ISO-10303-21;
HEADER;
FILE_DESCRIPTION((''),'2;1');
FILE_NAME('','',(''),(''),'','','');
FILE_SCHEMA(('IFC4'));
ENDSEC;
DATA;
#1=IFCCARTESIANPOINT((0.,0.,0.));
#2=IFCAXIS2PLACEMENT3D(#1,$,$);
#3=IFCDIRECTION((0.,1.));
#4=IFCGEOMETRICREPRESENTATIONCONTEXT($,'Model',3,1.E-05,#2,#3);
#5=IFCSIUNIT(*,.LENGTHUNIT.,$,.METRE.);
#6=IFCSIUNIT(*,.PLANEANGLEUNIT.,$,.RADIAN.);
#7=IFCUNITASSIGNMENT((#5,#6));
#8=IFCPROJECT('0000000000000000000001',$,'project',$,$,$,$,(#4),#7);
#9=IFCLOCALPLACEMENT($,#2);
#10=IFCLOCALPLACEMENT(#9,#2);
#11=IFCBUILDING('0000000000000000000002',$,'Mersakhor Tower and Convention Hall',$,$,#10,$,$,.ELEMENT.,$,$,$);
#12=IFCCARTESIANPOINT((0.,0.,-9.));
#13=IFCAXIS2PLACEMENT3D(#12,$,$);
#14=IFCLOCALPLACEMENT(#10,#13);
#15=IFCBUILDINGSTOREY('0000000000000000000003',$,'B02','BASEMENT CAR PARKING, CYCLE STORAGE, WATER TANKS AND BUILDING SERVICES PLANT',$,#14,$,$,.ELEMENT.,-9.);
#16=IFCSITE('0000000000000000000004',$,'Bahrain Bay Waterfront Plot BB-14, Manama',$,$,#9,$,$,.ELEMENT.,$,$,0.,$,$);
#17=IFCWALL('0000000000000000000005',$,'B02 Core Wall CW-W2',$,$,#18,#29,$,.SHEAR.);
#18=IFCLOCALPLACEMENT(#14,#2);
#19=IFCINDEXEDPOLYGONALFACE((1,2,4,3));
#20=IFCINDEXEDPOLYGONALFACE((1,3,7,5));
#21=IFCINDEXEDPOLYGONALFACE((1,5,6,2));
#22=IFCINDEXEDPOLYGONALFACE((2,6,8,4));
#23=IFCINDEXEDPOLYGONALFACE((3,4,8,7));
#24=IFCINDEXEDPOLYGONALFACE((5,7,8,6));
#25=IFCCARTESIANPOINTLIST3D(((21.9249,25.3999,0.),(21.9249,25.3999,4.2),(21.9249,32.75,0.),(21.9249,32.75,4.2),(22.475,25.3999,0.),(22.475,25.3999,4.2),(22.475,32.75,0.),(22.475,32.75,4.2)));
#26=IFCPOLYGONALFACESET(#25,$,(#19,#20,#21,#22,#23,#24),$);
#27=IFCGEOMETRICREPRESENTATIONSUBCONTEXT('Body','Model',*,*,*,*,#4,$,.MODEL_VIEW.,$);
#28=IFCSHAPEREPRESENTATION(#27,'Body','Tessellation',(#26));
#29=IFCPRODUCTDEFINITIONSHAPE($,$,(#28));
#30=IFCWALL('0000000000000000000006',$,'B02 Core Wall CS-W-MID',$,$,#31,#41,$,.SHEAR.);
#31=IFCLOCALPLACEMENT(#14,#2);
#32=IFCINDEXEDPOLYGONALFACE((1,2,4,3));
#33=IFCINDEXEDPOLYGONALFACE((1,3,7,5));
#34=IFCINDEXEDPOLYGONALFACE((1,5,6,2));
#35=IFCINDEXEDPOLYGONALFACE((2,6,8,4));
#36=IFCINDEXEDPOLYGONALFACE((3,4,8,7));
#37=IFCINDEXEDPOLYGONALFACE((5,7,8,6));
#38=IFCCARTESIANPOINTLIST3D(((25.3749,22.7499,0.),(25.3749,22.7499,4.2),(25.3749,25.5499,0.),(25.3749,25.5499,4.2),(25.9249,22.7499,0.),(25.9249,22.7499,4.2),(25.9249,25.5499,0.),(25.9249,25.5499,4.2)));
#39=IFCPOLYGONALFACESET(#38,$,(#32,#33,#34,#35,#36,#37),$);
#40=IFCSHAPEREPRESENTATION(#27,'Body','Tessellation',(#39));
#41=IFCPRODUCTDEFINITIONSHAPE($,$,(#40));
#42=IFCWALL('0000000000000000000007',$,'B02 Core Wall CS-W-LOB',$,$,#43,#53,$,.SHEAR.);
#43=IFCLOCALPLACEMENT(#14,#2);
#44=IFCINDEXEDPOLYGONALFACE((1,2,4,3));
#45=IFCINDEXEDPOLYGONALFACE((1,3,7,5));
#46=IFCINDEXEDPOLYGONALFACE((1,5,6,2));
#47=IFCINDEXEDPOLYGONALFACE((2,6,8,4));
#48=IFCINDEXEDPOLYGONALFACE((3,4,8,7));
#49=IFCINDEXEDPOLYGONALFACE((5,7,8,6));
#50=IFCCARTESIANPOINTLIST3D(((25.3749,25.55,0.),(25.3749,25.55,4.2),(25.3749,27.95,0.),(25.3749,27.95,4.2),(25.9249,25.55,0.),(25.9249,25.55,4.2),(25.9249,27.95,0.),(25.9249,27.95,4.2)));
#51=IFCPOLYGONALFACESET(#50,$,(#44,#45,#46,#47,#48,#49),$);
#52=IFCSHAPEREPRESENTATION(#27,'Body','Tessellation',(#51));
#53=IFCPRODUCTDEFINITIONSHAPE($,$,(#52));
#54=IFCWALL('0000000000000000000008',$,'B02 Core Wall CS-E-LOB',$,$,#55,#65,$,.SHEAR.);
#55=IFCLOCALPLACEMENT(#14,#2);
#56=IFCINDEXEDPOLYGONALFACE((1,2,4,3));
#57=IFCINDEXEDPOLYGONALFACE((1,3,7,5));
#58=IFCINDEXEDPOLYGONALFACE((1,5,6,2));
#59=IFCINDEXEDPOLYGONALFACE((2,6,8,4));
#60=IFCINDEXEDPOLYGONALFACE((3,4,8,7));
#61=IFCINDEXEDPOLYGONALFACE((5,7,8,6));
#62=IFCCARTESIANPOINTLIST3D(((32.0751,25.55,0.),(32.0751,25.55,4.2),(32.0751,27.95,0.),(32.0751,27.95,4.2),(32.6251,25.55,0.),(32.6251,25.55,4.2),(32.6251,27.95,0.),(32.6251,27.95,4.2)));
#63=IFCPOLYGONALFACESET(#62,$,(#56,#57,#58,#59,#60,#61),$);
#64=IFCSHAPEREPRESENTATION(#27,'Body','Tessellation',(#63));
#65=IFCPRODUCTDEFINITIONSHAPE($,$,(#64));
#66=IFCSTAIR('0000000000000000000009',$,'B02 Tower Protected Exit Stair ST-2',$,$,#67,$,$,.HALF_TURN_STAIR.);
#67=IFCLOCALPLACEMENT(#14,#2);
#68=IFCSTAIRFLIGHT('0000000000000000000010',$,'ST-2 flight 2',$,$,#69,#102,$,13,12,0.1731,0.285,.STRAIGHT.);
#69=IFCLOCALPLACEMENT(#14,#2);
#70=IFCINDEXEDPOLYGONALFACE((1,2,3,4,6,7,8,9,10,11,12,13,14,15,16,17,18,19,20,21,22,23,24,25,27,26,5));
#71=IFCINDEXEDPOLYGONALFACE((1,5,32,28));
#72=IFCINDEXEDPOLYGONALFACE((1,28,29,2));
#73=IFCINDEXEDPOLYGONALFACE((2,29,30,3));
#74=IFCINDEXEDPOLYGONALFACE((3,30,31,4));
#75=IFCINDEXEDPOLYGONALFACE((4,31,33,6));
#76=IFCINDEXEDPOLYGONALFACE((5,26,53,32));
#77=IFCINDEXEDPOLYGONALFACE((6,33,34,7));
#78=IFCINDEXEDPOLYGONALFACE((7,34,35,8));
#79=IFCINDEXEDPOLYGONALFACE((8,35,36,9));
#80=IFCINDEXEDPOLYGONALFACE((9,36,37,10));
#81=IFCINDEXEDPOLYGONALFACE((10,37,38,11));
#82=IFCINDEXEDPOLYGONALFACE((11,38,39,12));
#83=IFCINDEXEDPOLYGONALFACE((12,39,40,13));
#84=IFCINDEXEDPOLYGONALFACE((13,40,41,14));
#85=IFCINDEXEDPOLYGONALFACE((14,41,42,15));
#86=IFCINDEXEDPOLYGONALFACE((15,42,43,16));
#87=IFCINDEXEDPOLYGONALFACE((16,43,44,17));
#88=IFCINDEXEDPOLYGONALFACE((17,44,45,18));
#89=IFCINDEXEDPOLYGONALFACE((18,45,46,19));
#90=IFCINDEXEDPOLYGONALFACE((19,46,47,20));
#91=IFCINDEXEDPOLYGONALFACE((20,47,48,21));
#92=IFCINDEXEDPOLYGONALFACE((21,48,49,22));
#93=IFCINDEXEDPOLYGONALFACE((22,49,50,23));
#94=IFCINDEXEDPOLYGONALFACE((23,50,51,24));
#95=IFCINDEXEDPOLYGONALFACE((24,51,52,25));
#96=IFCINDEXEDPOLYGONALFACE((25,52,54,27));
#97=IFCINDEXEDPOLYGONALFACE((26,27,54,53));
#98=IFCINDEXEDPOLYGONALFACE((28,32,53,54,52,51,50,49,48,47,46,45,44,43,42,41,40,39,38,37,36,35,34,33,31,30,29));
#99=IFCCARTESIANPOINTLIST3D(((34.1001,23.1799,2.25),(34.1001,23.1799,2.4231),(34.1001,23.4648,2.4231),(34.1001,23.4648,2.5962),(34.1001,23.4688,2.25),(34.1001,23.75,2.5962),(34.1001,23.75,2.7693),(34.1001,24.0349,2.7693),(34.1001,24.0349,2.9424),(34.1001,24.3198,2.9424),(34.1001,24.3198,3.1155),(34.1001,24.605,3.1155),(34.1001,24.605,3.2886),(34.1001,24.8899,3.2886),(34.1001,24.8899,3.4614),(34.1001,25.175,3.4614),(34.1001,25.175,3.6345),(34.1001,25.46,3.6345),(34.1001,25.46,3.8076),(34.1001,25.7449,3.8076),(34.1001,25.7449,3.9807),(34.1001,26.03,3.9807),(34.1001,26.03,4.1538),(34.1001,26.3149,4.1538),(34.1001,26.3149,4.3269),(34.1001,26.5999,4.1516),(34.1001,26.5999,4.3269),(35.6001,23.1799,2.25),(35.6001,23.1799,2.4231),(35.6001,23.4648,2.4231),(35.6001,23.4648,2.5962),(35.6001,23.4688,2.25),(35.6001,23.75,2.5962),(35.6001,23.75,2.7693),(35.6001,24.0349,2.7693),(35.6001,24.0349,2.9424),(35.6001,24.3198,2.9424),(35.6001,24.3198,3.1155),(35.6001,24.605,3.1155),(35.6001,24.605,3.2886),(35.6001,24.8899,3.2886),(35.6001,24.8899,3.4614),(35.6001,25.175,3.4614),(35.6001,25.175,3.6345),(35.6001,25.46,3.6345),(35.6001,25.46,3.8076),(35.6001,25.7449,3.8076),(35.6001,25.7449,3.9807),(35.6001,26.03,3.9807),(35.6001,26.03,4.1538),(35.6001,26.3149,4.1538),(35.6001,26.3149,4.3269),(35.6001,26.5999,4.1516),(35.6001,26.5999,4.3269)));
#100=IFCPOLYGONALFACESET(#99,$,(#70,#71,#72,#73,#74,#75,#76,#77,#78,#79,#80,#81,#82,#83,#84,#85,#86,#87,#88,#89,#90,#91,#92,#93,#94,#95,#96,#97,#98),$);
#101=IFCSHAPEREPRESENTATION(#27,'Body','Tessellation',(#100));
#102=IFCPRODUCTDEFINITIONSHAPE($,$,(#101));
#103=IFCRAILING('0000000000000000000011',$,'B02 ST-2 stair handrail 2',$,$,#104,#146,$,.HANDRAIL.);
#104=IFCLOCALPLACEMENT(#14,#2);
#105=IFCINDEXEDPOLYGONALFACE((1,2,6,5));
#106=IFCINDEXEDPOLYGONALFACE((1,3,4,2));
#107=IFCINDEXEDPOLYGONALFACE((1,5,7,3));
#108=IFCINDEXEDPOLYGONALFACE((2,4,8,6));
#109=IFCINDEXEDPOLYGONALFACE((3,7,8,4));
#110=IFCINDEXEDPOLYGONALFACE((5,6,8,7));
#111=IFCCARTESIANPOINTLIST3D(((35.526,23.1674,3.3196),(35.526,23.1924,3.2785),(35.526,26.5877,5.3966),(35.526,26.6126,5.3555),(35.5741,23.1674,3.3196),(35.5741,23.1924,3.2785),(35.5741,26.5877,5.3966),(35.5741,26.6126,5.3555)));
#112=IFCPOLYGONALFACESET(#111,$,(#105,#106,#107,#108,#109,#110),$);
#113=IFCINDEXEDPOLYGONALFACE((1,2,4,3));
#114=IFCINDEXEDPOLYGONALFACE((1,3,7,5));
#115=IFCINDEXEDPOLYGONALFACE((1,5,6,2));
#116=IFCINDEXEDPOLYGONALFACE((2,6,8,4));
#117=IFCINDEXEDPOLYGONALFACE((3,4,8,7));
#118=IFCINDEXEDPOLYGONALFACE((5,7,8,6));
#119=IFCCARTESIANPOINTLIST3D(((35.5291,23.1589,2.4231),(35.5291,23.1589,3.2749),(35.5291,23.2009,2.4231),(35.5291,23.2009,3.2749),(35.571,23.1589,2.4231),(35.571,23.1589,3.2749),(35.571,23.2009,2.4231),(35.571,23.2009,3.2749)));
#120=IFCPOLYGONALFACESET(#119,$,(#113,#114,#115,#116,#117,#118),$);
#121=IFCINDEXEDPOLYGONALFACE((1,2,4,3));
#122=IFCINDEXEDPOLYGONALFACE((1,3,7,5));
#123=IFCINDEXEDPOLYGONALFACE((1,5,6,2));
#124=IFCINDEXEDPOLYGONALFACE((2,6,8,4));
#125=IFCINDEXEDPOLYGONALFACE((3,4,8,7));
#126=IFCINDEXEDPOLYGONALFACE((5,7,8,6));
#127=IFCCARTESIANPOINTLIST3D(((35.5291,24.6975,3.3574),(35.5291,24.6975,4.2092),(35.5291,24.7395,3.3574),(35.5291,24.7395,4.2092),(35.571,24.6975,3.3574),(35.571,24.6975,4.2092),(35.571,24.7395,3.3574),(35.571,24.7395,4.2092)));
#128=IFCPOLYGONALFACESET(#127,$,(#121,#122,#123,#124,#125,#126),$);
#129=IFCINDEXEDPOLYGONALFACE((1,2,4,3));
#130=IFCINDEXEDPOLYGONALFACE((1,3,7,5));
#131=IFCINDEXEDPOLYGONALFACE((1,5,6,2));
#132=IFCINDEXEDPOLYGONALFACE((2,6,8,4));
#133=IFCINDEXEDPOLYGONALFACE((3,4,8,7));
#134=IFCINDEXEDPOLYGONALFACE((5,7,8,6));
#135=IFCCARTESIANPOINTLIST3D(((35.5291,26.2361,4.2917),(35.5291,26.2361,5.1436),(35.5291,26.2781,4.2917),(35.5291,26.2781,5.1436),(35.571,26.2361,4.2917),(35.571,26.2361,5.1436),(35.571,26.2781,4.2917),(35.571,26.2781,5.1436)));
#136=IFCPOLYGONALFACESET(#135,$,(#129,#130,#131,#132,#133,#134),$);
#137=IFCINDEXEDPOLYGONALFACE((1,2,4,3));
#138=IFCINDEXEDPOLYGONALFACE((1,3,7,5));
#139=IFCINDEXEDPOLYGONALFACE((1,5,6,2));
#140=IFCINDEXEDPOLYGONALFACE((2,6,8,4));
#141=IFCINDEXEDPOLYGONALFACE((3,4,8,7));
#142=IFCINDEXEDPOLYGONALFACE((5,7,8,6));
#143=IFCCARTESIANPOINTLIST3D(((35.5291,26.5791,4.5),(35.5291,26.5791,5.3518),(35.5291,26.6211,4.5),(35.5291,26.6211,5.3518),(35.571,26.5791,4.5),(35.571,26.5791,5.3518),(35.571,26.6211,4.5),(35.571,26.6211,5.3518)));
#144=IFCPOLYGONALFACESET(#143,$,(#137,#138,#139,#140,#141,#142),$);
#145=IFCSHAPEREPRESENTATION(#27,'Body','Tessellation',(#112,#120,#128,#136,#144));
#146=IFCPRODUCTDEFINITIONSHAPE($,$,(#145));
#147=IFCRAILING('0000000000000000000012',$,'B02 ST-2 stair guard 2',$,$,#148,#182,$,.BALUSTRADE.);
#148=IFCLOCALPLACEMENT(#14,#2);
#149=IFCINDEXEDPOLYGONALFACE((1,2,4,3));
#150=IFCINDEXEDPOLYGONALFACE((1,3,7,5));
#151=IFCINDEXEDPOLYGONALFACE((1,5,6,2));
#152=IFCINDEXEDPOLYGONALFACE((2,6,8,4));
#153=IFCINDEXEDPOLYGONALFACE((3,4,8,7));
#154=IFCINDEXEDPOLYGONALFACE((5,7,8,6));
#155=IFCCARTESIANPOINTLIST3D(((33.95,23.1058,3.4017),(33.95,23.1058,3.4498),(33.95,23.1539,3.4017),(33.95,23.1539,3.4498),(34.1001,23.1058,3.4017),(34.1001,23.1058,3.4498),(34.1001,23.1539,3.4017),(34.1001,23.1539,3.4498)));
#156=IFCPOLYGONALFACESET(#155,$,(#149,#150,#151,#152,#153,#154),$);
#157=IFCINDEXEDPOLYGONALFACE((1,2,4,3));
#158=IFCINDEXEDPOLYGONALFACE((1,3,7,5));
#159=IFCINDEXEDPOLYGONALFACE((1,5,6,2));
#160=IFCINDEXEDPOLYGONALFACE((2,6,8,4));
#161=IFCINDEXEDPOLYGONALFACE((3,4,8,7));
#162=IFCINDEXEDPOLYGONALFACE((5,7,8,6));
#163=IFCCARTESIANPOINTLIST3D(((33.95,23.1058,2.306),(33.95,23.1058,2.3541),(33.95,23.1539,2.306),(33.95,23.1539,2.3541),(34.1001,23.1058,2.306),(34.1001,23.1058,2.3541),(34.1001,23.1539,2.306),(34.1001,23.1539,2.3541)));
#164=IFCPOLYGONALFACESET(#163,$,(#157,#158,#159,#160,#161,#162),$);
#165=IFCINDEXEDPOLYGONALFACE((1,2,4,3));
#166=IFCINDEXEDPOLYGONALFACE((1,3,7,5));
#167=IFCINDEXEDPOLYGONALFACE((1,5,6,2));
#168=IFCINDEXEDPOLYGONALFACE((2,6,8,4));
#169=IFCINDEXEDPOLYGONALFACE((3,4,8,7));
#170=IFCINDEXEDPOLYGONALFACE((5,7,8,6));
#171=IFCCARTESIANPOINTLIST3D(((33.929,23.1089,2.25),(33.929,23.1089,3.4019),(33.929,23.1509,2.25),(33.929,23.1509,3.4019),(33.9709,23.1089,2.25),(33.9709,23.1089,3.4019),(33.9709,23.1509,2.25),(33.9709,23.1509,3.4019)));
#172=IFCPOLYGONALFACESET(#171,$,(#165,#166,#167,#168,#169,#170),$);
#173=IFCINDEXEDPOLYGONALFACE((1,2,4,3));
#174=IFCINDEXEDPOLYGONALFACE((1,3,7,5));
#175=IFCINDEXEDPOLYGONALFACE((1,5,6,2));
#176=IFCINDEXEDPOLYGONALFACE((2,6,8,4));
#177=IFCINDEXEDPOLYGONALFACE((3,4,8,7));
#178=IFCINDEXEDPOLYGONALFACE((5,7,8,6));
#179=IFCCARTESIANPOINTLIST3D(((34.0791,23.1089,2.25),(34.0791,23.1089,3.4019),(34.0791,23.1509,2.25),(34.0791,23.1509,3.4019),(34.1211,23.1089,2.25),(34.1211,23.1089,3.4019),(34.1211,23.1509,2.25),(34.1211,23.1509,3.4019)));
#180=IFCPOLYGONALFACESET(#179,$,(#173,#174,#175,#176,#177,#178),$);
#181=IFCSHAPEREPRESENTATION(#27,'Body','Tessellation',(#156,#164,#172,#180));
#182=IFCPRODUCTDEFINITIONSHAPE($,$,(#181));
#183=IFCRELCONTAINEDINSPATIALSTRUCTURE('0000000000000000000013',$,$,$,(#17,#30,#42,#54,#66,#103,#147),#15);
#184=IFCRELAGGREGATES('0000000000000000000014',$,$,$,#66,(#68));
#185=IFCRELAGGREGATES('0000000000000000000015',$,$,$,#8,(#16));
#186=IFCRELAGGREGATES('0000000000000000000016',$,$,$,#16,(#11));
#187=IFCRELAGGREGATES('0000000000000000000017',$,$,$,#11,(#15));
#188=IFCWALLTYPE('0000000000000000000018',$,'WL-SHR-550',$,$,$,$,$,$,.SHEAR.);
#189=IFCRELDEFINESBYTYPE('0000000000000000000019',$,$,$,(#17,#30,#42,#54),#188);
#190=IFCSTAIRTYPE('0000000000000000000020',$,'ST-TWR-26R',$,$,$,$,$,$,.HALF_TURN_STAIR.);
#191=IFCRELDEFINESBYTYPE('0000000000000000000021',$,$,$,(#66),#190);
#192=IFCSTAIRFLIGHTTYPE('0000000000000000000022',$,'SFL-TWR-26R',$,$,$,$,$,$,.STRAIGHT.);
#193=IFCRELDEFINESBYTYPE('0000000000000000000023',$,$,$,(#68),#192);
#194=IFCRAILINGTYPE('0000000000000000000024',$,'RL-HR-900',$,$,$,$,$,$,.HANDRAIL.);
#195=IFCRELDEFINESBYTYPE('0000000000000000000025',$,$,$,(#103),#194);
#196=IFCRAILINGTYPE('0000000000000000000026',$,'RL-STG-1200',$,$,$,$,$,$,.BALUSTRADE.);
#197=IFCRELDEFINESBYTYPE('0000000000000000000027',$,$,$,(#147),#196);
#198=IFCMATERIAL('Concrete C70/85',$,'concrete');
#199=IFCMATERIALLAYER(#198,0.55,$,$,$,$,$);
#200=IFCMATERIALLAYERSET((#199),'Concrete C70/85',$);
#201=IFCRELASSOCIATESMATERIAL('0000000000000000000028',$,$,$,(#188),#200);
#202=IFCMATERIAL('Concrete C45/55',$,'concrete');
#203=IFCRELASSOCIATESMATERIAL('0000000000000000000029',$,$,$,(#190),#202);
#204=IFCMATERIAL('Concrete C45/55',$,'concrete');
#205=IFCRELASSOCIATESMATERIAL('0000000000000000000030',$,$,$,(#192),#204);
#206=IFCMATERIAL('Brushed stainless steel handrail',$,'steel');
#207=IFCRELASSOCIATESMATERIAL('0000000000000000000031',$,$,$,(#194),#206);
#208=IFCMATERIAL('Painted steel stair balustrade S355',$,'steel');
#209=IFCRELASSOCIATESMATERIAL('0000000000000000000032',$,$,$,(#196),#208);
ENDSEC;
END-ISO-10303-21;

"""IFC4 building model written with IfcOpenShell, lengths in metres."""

from ifc_helpers import new_model, si_unit, direction, frame, frame_2d, origin, origin_2d, place, context, subcontext, project, spatial, polyline, rectangle, outline, extrude, material, layer, layer_set, type_object, element, aggregate, save


model = new_model("IFC4")

# Units and contexts
model_context = context("Model", 3, precision=1e-05, world=origin(), true_north=direction((0.0, 1.0)))
body_context = subcontext(model_context, "Body", "Model", "MODEL_VIEW")
ifc_project = project(units=[si_unit("LENGTHUNIT", "METRE"), si_unit("PLANEANGLEUNIT", "RADIAN")], contexts=[model_context])

# Site, building, storey
site_placement = place(None, origin())
site = spatial("IfcSite", under=ifc_project, at=site_placement, Name="Bahrain Bay Waterfront Plot BB-14, Manama", CompositionType="ELEMENT", RefElevation=0.0)
building_placement = place(site_placement, origin())
building = spatial("IfcBuilding", under=site, at=building_placement, Name="Mersakhor Tower and Convention Hall", CompositionType="ELEMENT")
storey_placement = place(building_placement, frame((0.0, 0.0, -9.0)))
storey = spatial("IfcBuildingStorey", under=building, at=storey_placement, Name="B02", Description="BASEMENT CAR PARKING, CYCLE STORAGE, WATER TANKS AND BUILDING SERVICES PLANT", CompositionType="ELEMENT", Elevation=-9.0)

# Walls
ifc_material_1 = material(Name="Concrete C70/85", Category="concrete")
ifc_layer_1 = layer(ifc_material_1, 0.55)
ifc_layer_set_1 = layer_set([ifc_layer_1], Name="Concrete C70/85")
wall_type_1 = type_object("IfcWallType", Name="WL-SHR-550", PredefinedType="SHEAR", material=ifc_layer_set_1)
wall_1_placement = place(storey_placement, frame((22.2, 25.3999, 0.0), z_axis=(0.0, 0.0, 1.0), x_axis=(0.0, 1.0, 0.0)))
element("IfcWall", 1, at=wall_1_placement, inside=storey, type_object=wall_type_1, Name="B02 Core Wall CW-W2", PredefinedType="SHEAR", context=body_context, shape_type="SweptSolid", body=[
    extrude(rectangle(XDim=7.3501, YDim=0.55, at=frame_2d((3.675, 0.0))), origin(), (0.0, 0.0, 1.0), 4.2),
])
wall_2_placement = place(storey_placement, frame((25.6499, 22.75, 0.0), z_axis=(0.0, 0.0, 1.0), x_axis=(0.0, 1.0, 0.0)))
element("IfcWall", 2, at=wall_2_placement, inside=storey, type_object=wall_type_1, Name="B02 Core Wall CS-W-MID", PredefinedType="SHEAR", context=body_context, shape_type="SweptSolid", body=[
    extrude(rectangle(XDim=2.8, YDim=0.55, at=frame_2d((1.3999, 0.0))), origin(), (0.0, 0.0, 1.0), 4.2),
])
for number, where, z_axis, x_axis, name in (
    (3, (25.6499, 25.55, 0.0), (0.0, 0.0, 1.0), (0.0, 1.0, 0.0), "B02 Core Wall CS-W-LOB"),
    (4, (32.3501, 25.55, 0.0), (0.0, 0.0, 1.0), (0.0, 1.0, 0.0), "B02 Core Wall CS-E-LOB"),
):
    element("IfcWall", number, at=place(storey_placement, frame(where, z_axis=z_axis, x_axis=x_axis)), inside=storey, type_object=wall_type_1, Name=name, PredefinedType="SHEAR", context=body_context, shape_type="SweptSolid", body=[
        extrude(rectangle(XDim=2.3999, YDim=0.55, at=frame_2d((1.2, 0.0))), origin(), (0.0, 0.0, 1.0), 4.2),
    ])

# Stair, stair flight
ifc_material_2 = material(Name="Concrete C45/55", Category="concrete")
stair_type = type_object("IfcStairType", Name="ST-TWR-26R", PredefinedType="HALF_TURN_STAIR", material=ifc_material_2)
stair_placement = place(storey_placement, origin())
stair = element("IfcStair", 5, at=stair_placement, inside=storey, type_object=stair_type, Name="B02 Tower Protected Exit Stair ST-2", PredefinedType="HALF_TURN_STAIR")
ifc_material_3 = material(Name="Concrete C45/55", Category="concrete")
stair_flight_type = type_object("IfcStairFlightType", Name="SFL-TWR-26R", PredefinedType="STRAIGHT", material=ifc_material_3)
stair_flight_placement = place(storey_placement, frame((34.8501, 23.1799, 2.25), z_axis=(0.0, 0.0, 1.0), x_axis=(0.0, 1.0, 0.0)))
stair_flight = element("IfcStairFlight", 6, at=stair_flight_placement, type_object=stair_flight_type, Name="ST-2 flight 2", NumberOfRisers=13, NumberOfTreads=12, PredefinedType="STRAIGHT", RiserHeight=0.1731, TreadLength=0.285, context=body_context, shape_type="SweptSolid", body=[
    extrude(outline(polyline([(0.0, 0.0), (0.0, 0.1731), (0.2849, 0.1731), (0.2849, 0.3462), (0.5701, 0.3462), (0.5701, 0.5193), (0.855, 0.5193), (0.855, 0.6924), (1.1399, 0.6924), (1.1399, 0.8655), (1.425, 0.8655), (1.425, 1.0386), (1.71, 1.0386), (1.71, 1.2114), (1.9951, 1.2114), (1.9951, 1.3845), (2.28, 1.3845), (2.28, 1.5576), (2.5649, 1.5576), (2.5649, 1.7307), (2.8501, 1.7307), (2.8501, 1.9038), (3.135, 1.9038), (3.135, 2.0769), (3.4199, 2.0769), (3.4199, 2.25), (3.4199, 1.9016), (0.2888, 0.0), (0.0, 0.0)])), frame((0.0, 0.75, 0.0), z_axis=(0.0, -1.0, 0.0), x_axis=(1.0, 0.0, 0.0)), (0.0, 0.0, 1.0), 1.5),
])
aggregate(stair, [stair_flight])

# Railings
ifc_material_4 = material(Name="Brushed stainless steel handrail", Category="steel")
railing_type_1 = type_object("IfcRailingType", Name="RL-HR-900", PredefinedType="HANDRAIL", material=ifc_material_4)
railing_1_placement = place(storey_placement, frame((35.55, 23.1799, 2.4231)))
element("IfcRailing", 7, at=railing_1_placement, inside=storey, type_object=railing_type_1, Name="B02 ST-2 stair handrail 2", PredefinedType="HANDRAIL", context=body_context, shape_type="SweptSolid", body=[
    extrude(rectangle(XDim=0.0481, YDim=0.0481, at=origin_2d()), frame((0.0, 0.0, 0.876), z_axis=(0.0, 0.854746, 0.519047), x_axis=(-1.0, 0.0, 0.0)), (0.0, 0.0, 1.0), 4.0015),
    extrude(rectangle(XDim=0.042, YDim=0.042, at=origin_2d()), origin(), (0.0, 0.0, 1.0), 0.8518),
    extrude(rectangle(XDim=0.042, YDim=0.042, at=origin_2d()), frame((0.0, 1.5386, 0.9343)), (0.0, 0.0, 1.0), 0.8518),
    extrude(rectangle(XDim=0.042, YDim=0.042, at=origin_2d()), frame((0.0, 3.0771, 1.8687)), (0.0, 0.0, 1.0), 0.8518),
    extrude(rectangle(XDim=0.042, YDim=0.042, at=origin_2d()), frame((0.0, 3.4202, 2.0769)), (0.0, 0.0, 1.0), 0.8518),
])
ifc_material_5 = material(Name="Painted steel stair balustrade S355", Category="steel")
railing_type_2 = type_object("IfcRailingType", Name="RL-STG-1200", PredefinedType="BALUSTRADE", material=ifc_material_5)
railing_2_placement = place(storey_placement, frame((33.95, 23.1299, 2.25)))
element("IfcRailing", 8, at=railing_2_placement, inside=storey, type_object=railing_type_2, Name="B02 ST-2 stair guard 2", PredefinedType="BALUSTRADE", context=body_context, shape_type="SweptSolid", body=[
    extrude(rectangle(XDim=0.0481, YDim=0.0481, at=origin_2d()), frame((0.0, 0.0, 1.1758), z_axis=(1.0, 0.0, 0.0), x_axis=(0.0, 1.0, 0.0)), (0.0, 0.0, 1.0), 0.1501),
    extrude(rectangle(XDim=0.0481, YDim=0.0481, at=origin_2d()), frame((0.0, 0.0, 0.0801), z_axis=(1.0, 0.0, 0.0), x_axis=(0.0, 1.0, 0.0)), (0.0, 0.0, 1.0), 0.1501),
    extrude(rectangle(XDim=0.042, YDim=0.042, at=origin_2d()), origin(), (0.0, 0.0, 1.0), 1.1519),
    extrude(rectangle(XDim=0.042, YDim=0.042, at=origin_2d()), frame((0.1501, 0.0, 0.0)), (0.0, 0.0, 1.0), 1.1519),
])

save(model, "model.ifc")
